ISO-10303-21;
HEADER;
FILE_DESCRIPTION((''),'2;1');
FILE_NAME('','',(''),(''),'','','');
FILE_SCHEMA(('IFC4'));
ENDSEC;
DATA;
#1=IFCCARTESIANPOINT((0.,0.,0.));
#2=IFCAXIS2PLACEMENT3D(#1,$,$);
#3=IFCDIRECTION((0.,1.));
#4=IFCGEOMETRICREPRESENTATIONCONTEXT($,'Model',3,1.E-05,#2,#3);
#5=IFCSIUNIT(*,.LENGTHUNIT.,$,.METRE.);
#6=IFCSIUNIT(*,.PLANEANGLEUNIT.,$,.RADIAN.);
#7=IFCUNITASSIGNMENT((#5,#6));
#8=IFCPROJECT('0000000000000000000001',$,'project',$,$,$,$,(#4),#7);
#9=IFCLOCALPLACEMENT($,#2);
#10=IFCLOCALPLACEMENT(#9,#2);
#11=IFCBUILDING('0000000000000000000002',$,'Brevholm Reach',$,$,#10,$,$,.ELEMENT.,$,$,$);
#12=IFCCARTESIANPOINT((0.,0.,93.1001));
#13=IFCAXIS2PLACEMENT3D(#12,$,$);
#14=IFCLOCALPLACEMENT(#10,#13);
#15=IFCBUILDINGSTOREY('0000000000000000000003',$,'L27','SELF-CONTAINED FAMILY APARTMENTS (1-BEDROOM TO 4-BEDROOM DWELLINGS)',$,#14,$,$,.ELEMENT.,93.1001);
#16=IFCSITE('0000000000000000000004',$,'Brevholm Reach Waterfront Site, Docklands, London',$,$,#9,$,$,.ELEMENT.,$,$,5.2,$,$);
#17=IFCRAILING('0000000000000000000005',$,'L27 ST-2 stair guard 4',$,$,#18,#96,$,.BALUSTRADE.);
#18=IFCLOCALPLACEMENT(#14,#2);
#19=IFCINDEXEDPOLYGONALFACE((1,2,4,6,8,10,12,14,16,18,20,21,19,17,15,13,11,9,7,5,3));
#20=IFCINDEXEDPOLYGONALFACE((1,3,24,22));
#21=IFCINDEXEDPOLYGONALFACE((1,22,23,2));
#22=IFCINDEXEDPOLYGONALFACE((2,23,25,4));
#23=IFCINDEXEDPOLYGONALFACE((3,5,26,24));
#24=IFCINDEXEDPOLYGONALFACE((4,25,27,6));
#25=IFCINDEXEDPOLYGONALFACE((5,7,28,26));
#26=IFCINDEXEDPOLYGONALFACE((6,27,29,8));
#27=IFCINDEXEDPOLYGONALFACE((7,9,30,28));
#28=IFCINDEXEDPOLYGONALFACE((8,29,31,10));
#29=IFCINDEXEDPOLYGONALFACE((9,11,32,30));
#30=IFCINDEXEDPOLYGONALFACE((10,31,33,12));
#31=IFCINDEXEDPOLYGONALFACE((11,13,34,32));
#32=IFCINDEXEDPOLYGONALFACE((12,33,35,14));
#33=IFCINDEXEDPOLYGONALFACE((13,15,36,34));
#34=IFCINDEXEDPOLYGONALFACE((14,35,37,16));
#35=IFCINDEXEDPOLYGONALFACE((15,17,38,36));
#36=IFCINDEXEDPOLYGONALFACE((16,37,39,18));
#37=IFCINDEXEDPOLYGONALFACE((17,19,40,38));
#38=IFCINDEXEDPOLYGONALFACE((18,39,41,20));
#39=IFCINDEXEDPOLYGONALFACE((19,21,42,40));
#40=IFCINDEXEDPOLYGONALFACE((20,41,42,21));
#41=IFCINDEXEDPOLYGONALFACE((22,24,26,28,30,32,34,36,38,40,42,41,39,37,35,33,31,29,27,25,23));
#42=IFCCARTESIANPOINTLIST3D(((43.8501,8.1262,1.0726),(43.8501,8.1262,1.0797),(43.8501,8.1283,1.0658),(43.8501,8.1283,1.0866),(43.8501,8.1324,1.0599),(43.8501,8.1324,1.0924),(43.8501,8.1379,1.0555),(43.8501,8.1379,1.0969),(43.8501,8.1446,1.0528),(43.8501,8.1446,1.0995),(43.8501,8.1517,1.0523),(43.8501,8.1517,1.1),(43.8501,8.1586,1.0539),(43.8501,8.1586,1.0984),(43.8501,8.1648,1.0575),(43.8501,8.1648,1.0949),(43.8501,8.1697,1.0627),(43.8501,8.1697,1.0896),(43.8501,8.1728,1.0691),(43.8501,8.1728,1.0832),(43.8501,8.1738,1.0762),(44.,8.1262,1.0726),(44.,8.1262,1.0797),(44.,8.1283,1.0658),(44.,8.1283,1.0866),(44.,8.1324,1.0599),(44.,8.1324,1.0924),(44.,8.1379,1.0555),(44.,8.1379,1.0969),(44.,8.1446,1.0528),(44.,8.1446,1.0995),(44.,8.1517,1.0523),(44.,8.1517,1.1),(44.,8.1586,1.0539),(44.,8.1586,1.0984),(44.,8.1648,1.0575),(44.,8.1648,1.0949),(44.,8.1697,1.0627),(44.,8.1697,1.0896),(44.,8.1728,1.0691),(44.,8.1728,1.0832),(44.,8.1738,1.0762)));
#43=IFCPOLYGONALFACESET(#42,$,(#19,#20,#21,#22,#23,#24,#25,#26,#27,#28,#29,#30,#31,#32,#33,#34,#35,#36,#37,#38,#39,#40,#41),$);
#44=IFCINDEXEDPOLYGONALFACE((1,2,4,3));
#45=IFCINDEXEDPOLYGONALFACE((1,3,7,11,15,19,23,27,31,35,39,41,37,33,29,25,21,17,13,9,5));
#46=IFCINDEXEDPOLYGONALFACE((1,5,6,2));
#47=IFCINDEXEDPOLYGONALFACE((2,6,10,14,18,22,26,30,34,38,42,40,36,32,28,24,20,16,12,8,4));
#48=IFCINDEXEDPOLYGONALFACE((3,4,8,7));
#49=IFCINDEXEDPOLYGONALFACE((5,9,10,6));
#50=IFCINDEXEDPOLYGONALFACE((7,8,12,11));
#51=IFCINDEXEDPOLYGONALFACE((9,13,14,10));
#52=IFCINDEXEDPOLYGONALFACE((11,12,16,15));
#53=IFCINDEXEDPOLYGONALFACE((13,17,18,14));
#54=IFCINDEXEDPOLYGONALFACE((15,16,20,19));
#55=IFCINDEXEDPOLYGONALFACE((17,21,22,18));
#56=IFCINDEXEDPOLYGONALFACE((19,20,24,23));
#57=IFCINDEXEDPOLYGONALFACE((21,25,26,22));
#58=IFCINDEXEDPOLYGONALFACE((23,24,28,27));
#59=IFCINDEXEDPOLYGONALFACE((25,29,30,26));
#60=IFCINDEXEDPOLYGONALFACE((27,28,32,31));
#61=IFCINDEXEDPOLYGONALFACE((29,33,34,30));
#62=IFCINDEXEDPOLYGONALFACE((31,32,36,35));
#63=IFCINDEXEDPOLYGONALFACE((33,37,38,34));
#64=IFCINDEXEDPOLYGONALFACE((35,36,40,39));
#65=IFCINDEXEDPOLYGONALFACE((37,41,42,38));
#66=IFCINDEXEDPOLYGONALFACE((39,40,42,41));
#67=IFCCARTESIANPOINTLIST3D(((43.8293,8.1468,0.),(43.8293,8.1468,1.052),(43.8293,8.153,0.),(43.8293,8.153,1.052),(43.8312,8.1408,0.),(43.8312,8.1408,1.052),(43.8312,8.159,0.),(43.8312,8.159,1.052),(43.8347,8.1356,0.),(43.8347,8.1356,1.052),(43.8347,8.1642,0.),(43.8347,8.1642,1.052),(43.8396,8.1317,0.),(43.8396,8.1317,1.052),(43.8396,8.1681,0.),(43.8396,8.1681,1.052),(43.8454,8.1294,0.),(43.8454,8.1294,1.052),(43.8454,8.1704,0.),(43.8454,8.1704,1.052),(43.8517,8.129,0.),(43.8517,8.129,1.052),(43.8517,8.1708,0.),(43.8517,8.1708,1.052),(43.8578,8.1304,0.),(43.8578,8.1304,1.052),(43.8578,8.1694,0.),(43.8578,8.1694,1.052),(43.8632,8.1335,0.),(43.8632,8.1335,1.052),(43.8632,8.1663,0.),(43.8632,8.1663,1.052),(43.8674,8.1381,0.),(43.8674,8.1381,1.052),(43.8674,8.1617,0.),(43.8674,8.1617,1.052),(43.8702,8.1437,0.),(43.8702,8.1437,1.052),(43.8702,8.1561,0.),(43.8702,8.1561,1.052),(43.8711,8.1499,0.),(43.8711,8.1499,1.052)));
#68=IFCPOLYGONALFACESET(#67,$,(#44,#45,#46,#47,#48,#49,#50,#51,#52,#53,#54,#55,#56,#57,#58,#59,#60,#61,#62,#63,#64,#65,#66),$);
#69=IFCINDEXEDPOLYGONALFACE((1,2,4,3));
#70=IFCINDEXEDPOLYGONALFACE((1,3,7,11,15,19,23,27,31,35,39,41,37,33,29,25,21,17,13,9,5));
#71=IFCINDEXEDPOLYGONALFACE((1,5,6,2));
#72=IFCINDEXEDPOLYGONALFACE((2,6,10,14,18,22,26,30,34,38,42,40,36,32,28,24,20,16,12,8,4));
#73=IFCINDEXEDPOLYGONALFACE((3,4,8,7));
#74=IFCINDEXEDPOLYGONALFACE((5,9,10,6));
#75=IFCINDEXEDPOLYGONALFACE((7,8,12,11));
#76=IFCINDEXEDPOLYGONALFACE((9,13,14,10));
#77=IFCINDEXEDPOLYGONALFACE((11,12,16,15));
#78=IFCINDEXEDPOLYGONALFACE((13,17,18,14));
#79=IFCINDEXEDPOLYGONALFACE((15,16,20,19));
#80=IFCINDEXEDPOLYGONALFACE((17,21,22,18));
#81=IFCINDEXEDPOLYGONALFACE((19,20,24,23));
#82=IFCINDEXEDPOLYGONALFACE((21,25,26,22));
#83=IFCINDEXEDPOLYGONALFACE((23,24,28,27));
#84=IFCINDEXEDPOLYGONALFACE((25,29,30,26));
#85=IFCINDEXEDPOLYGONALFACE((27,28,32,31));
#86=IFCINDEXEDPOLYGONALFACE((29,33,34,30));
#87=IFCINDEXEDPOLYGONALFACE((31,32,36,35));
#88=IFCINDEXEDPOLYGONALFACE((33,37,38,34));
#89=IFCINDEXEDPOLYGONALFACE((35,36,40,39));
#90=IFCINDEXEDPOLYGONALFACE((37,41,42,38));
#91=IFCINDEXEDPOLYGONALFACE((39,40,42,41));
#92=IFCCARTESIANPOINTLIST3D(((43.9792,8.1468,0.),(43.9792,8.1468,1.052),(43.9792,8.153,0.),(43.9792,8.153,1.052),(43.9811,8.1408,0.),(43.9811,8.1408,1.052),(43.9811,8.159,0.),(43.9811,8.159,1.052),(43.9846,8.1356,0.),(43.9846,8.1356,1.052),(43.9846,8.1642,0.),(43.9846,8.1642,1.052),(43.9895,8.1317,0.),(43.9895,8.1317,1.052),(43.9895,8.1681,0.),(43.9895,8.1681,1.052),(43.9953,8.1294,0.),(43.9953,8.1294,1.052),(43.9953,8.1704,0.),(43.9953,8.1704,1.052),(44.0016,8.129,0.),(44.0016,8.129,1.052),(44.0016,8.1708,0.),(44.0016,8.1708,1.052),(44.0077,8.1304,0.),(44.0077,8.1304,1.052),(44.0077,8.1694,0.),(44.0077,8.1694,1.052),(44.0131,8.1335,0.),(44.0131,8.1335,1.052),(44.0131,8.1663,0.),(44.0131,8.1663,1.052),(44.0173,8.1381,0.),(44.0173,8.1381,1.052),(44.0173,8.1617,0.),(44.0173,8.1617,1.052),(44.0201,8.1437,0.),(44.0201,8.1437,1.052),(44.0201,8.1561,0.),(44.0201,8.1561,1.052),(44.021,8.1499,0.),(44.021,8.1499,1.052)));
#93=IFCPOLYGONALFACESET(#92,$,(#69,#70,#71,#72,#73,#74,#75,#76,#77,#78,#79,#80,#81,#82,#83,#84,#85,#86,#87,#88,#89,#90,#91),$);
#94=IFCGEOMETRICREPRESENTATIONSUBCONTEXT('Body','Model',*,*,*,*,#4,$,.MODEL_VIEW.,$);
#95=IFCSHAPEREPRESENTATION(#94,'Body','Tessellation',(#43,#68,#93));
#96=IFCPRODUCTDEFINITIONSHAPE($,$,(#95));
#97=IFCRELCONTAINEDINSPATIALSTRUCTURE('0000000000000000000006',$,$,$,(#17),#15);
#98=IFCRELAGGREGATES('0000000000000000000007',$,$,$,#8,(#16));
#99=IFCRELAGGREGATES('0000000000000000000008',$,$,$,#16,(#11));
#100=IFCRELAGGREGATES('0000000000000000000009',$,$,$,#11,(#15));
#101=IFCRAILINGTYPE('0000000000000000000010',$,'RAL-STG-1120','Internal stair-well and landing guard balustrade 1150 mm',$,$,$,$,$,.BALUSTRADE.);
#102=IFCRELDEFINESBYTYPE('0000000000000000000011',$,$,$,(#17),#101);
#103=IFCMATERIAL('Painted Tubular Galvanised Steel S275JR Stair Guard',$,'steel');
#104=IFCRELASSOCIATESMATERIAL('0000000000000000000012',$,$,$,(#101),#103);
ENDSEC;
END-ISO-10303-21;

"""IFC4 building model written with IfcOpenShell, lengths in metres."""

from ifc_helpers import new_model, si_unit, direction, frame, origin, origin_2d, place, context, subcontext, project, spatial, circle, extrude, material, type_object, element, save


model = new_model("IFC4")

# Units and contexts
model_context = context("Model", 3, precision=1e-05, world=origin(), true_north=direction((0.0, 1.0)))
body_context = subcontext(model_context, "Body", "Model", "MODEL_VIEW")
ifc_project = project(units=[si_unit("LENGTHUNIT", "METRE"), si_unit("PLANEANGLEUNIT", "RADIAN")], contexts=[model_context])

# Site, building, storey
site_placement = place(None, origin())
site = spatial("IfcSite", under=ifc_project, at=site_placement, Name="Brevholm Reach Waterfront Site, Docklands, London", CompositionType="ELEMENT", RefElevation=5.2)
building_placement = place(site_placement, origin())
building = spatial("IfcBuilding", under=site, at=building_placement, Name="Brevholm Reach", CompositionType="ELEMENT")
storey_placement = place(building_placement, frame((0.0, 0.0, 93.1001)))
storey = spatial("IfcBuildingStorey", under=building, at=storey_placement, Name="L27", Description="SELF-CONTAINED FAMILY APARTMENTS (1-BEDROOM TO 4-BEDROOM DWELLINGS)", CompositionType="ELEMENT", Elevation=93.1001)

# Railing
ifc_material_1 = material(Name="Painted Tubular Galvanised Steel S275JR Stair Guard", Category="steel")
railing_type_1 = type_object("IfcRailingType", Name="RAL-STG-1120", Description="Internal stair-well and landing guard balustrade 1150 mm", PredefinedType="BALUSTRADE", material=ifc_material_1)
railing_1_placement = place(storey_placement, frame((43.8501, 8.1499, 0.0)))
element("IfcRailing", 1, at=railing_1_placement, inside=storey, type_object=railing_type_1, Name="L27 ST-2 stair guard 4", PredefinedType="BALUSTRADE", context=body_context, shape_type="SweptSolid", body=[
    extrude(circle(Radius=0.0239, at=origin_2d()), frame((0.0, 0.0, 1.0762), z_axis=(1.0, 0.0, 0.0), x_axis=(0.0, 1.0, 0.0)), (0.0, 0.0, 1.0), 0.1499),
    extrude(circle(Radius=0.021, at=origin_2d()), origin(), (0.0, 0.0, 1.0), 1.052),
    extrude(circle(Radius=0.021, at=origin_2d()), frame((0.1499, 0.0, 0.0)), (0.0, 0.0, 1.0), 1.052),
])

save(model, "model.ifc")
